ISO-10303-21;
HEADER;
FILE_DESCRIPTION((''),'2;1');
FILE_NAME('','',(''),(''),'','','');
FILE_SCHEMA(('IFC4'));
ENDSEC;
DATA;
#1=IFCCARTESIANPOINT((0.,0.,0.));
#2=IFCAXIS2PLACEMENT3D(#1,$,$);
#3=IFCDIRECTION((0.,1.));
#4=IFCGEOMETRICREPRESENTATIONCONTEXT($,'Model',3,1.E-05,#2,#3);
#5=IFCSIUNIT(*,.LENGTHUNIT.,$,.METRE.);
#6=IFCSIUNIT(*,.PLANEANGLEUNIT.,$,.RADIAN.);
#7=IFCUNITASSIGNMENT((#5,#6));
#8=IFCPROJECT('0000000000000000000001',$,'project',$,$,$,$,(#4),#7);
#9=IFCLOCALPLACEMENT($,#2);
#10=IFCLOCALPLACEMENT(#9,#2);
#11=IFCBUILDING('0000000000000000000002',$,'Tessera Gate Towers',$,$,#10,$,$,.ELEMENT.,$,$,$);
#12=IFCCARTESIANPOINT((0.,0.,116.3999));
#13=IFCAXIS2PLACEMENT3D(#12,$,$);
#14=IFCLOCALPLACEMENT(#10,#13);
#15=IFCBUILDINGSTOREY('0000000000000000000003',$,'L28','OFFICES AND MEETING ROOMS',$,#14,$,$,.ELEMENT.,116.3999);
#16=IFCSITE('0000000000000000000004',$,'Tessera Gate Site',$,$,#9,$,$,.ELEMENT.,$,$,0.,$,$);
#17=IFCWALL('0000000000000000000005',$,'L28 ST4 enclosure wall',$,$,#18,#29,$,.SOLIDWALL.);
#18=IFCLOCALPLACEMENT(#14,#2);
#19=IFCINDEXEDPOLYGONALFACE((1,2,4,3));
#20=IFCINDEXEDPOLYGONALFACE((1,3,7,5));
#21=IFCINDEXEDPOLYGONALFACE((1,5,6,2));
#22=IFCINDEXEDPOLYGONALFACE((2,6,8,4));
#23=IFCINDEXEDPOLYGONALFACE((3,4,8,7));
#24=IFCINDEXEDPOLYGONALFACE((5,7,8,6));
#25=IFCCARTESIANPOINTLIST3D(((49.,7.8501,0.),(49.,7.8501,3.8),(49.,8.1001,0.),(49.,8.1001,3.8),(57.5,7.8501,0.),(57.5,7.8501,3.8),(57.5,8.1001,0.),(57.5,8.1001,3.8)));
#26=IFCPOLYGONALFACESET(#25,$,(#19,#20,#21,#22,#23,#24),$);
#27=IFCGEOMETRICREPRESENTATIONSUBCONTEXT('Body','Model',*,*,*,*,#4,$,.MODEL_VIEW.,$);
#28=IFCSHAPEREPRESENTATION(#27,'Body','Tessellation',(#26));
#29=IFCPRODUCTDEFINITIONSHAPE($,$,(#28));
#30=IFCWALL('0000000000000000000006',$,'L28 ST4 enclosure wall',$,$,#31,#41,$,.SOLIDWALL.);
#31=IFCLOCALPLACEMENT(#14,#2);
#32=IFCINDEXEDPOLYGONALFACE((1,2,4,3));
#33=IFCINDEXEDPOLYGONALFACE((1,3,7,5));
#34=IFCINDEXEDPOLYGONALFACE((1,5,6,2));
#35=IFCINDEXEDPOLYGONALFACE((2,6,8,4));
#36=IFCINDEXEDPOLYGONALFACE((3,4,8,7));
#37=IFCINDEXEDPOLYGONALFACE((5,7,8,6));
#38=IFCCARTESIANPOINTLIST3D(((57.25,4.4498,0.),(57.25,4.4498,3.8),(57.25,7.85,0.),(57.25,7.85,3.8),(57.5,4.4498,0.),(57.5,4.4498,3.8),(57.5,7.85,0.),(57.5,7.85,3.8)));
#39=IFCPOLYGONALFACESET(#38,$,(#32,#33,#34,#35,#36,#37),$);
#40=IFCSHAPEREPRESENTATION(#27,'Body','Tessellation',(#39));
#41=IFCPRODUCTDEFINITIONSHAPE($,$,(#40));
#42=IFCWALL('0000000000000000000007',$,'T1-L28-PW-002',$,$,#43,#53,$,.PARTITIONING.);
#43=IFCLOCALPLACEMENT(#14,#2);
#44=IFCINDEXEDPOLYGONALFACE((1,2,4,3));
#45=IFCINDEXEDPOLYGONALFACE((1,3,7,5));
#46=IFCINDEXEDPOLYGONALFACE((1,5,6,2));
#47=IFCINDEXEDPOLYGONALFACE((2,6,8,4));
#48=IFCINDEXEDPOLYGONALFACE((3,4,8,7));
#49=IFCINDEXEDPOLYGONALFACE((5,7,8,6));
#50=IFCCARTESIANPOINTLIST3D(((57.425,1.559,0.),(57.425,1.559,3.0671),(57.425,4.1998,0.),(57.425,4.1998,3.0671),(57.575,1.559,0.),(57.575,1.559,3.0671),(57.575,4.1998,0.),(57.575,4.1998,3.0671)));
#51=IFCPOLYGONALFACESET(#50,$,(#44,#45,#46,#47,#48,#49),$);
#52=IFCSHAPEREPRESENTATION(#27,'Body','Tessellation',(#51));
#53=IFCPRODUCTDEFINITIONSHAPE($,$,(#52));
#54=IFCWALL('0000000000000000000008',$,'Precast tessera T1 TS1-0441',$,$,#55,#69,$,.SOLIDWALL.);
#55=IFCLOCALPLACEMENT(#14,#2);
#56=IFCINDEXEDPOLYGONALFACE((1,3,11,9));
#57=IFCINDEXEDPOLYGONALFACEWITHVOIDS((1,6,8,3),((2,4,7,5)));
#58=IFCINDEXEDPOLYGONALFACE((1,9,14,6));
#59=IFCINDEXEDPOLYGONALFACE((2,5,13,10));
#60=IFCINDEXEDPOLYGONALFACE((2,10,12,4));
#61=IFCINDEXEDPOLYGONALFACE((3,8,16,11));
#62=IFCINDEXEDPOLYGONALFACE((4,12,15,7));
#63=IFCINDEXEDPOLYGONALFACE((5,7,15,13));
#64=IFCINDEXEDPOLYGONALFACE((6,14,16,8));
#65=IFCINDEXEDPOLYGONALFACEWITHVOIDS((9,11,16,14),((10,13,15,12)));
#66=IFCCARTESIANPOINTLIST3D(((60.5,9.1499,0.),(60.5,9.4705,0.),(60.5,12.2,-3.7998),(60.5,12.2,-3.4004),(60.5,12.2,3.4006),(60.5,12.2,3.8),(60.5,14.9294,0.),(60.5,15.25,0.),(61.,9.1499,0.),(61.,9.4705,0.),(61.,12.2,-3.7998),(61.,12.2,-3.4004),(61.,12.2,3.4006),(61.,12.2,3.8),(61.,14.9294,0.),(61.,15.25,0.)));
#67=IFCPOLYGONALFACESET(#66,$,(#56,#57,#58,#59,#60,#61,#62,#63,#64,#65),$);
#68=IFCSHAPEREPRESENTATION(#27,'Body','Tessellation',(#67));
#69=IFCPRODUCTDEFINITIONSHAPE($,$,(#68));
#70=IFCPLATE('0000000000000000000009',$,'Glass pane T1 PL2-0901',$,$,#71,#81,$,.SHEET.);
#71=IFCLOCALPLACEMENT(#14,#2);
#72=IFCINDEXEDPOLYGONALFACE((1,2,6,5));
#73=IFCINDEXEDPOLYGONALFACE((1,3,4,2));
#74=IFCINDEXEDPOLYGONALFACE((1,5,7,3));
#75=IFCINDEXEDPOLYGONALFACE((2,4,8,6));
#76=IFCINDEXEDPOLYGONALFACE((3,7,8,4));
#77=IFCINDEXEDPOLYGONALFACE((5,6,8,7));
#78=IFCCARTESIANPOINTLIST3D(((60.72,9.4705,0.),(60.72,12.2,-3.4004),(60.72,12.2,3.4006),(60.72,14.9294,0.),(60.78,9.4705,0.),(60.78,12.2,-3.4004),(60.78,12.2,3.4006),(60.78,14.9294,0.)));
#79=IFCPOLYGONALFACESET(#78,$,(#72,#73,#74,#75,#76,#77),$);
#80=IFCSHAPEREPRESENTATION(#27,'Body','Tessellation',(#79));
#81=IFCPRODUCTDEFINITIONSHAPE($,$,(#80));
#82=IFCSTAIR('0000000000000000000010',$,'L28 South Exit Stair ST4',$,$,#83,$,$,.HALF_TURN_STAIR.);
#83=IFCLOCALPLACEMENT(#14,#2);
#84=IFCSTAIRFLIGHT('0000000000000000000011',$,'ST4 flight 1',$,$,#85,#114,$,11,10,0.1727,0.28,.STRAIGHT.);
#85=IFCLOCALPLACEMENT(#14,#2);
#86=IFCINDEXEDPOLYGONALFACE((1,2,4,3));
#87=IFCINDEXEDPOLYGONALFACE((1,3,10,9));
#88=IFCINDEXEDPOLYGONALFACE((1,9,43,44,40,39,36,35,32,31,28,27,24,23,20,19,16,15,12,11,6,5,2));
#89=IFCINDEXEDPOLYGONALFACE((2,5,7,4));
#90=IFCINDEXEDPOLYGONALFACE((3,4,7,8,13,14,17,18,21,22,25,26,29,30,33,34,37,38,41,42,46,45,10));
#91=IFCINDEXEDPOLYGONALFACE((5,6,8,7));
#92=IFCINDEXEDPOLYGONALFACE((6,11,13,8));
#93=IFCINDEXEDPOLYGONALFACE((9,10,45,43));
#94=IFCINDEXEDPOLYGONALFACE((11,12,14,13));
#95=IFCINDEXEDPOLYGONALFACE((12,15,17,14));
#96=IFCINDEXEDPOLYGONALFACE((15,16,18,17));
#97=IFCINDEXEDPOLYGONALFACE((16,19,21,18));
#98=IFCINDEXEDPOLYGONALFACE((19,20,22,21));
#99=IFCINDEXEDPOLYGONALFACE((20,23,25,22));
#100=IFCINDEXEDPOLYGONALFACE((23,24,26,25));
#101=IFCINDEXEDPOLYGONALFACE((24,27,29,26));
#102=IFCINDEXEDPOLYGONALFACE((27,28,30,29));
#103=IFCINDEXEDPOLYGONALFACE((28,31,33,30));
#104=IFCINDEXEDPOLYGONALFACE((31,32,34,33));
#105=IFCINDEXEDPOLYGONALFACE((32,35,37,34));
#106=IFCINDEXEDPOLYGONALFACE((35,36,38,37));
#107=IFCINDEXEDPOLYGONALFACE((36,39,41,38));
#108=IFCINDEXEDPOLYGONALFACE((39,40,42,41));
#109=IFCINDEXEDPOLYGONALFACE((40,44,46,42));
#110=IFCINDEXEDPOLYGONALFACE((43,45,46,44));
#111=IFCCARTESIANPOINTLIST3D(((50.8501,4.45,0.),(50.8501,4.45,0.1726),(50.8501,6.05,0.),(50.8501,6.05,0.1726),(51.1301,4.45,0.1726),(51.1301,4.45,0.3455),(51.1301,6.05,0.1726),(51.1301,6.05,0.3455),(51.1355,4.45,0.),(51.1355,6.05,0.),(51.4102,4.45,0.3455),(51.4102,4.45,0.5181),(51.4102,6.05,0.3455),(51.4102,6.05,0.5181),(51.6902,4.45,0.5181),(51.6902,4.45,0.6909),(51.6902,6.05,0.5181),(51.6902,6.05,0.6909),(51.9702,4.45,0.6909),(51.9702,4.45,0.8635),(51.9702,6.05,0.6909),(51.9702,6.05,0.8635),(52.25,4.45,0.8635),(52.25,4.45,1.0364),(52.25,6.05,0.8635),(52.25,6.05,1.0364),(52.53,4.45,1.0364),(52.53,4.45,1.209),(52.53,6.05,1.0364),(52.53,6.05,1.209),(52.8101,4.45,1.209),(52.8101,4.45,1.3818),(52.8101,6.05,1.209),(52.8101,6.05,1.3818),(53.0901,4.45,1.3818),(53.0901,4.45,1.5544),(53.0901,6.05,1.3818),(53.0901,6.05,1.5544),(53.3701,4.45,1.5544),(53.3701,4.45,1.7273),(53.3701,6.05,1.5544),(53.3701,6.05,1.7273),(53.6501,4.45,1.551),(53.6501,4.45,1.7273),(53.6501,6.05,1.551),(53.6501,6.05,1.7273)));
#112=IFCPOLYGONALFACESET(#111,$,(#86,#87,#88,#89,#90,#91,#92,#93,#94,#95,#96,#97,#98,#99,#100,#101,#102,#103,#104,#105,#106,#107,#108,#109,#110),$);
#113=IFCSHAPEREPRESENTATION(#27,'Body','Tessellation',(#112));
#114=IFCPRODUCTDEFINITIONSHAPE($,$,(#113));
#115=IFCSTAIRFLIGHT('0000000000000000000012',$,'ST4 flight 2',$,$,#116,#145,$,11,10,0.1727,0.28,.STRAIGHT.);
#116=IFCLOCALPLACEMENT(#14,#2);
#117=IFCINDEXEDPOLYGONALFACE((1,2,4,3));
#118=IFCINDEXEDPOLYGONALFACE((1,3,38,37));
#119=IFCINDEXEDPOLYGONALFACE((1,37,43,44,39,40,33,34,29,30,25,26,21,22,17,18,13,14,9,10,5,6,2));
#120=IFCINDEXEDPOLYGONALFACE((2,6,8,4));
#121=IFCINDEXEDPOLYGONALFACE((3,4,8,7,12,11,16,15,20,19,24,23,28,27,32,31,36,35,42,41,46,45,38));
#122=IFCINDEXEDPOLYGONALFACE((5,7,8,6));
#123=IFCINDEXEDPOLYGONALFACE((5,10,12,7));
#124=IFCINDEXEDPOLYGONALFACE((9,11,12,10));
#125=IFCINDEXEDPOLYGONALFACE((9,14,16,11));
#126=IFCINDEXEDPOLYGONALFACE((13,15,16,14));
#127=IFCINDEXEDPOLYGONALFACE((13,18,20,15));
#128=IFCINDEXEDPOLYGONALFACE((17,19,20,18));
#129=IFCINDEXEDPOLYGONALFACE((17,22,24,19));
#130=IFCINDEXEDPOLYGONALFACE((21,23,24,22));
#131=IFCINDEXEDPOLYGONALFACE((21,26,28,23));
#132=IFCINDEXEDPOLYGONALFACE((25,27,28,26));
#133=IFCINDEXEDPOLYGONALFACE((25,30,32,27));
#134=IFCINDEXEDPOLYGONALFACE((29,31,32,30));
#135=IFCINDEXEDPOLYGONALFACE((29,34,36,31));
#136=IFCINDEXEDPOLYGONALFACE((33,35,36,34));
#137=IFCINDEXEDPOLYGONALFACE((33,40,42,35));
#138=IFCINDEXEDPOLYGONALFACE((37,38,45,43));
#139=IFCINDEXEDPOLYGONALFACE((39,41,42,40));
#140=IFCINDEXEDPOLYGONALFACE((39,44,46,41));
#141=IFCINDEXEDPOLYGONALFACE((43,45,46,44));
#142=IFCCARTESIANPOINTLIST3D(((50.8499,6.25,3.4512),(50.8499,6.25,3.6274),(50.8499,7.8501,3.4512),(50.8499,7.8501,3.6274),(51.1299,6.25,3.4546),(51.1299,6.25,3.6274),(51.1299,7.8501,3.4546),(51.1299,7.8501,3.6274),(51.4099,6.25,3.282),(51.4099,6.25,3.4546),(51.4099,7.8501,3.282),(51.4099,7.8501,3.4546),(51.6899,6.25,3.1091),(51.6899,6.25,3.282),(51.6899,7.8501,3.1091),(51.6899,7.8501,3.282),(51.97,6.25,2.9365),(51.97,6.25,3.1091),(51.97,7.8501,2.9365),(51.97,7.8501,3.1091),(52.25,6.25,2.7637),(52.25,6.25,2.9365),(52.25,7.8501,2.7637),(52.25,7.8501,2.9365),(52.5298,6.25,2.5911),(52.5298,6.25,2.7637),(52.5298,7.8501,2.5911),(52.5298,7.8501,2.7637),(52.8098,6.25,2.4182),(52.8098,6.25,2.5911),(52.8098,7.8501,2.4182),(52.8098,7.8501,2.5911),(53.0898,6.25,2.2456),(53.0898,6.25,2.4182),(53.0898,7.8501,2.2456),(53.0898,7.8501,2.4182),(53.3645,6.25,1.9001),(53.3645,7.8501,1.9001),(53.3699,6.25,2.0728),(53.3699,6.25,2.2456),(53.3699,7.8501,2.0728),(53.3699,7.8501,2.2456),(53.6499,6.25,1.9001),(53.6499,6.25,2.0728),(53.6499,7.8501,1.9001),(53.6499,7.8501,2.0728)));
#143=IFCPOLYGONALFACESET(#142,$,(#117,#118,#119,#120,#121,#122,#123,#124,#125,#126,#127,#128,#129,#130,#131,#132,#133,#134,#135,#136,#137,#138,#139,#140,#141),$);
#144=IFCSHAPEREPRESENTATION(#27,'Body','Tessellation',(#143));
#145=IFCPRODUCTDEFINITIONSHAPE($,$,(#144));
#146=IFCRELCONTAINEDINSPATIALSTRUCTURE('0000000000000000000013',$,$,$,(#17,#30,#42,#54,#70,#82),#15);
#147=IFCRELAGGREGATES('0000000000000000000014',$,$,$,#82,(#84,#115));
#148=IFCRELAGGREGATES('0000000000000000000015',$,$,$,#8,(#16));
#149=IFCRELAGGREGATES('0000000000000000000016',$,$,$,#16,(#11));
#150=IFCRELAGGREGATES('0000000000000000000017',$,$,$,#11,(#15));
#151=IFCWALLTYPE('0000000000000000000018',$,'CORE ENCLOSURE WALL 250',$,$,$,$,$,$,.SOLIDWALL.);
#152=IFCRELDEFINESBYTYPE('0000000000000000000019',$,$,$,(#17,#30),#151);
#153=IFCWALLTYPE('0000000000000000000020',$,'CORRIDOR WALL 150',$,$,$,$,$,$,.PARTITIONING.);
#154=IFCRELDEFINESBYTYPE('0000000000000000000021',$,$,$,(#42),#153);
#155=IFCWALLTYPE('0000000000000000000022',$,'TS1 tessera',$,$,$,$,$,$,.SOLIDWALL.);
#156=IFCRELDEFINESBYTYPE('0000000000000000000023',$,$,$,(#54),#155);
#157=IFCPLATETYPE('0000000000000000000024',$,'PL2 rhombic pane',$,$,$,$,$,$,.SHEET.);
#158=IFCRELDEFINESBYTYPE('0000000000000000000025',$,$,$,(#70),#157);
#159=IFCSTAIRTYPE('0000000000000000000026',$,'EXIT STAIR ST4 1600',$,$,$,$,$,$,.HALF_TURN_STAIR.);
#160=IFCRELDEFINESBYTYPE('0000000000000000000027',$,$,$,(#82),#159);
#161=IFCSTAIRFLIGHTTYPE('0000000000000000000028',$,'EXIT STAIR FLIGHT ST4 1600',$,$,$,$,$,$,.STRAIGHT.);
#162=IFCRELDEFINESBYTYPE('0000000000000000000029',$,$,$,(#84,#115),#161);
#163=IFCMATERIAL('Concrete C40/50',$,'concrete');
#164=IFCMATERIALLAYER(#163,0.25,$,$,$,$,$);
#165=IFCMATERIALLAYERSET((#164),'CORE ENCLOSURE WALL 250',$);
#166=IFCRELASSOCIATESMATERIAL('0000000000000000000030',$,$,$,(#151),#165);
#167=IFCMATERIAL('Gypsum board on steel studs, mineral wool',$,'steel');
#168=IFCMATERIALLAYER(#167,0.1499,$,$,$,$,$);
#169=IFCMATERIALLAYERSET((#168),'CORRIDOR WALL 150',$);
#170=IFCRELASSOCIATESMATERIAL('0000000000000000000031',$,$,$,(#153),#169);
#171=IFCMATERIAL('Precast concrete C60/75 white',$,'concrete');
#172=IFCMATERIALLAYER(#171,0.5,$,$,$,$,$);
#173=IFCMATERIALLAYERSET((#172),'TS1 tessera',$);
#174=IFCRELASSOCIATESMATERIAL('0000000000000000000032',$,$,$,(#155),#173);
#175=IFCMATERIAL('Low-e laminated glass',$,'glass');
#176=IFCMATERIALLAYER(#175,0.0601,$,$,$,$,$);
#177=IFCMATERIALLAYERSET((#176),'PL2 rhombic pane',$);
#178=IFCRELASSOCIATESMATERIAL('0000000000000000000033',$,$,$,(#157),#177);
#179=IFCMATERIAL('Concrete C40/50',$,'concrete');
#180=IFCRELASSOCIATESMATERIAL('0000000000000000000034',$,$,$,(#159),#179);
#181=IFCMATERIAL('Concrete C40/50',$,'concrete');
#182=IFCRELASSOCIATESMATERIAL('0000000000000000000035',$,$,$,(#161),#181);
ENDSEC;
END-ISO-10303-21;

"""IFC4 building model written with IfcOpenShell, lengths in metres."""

from ifc_helpers import new_model, si_unit, direction, frame, frame_2d, origin, place, context, subcontext, project, spatial, polyline, rectangle, outline, extrude, source, transform, mapped, material, layer, layer_set, type_object, element, fill, aggregate, save


model = new_model("IFC4")

# Units and contexts
model_context = context("Model", 3, precision=1e-05, world=origin(), true_north=direction((0.0, 1.0)))
body_context = subcontext(model_context, "Body", "Model", "MODEL_VIEW")
ifc_project = project(units=[si_unit("LENGTHUNIT", "METRE"), si_unit("PLANEANGLEUNIT", "RADIAN")], contexts=[model_context])

# Site, building, storey
site_placement = place(None, origin())
site = spatial("IfcSite", under=ifc_project, at=site_placement, Name="Tessera Gate Site", CompositionType="ELEMENT", RefElevation=0.0)
building_placement = place(site_placement, origin())
building = spatial("IfcBuilding", under=site, at=building_placement, Name="Tessera Gate Towers", CompositionType="ELEMENT")
storey_placement = place(building_placement, frame((0.0, 0.0, 116.3999)))
storey = spatial("IfcBuildingStorey", under=building, at=storey_placement, Name="L28", Description="OFFICES AND MEETING ROOMS", CompositionType="ELEMENT", Elevation=116.3999)

# Shared definitions
ifc_material_1 = material(Name="Concrete C40/50", Category="concrete")
ifc_layer_1 = layer(ifc_material_1, 0.25)
ifc_layer_set_1 = layer_set([ifc_layer_1], Name="CORE ENCLOSURE WALL 250")
wall_type_1 = type_object("IfcWallType", Name="CORE ENCLOSURE WALL 250", PredefinedType="SOLIDWALL", material=ifc_layer_set_1)

# Walls
wall_1_placement = place(storey_placement, frame((49.0, 7.9751, 0.0), z_axis=(0.0, 0.0, 1.0), x_axis=(1.0, 0.0, 0.0)))
element("IfcWall", 1, at=wall_1_placement, inside=storey, type_object=wall_type_1, Name="L28 ST4 enclosure wall", PredefinedType="SOLIDWALL", context=body_context, shape_type="SweptSolid", body=[
    extrude(rectangle(XDim=8.5, YDim=0.25, at=frame_2d((4.25, 0.0))), origin(), (0.0, 0.0, 1.0), 3.8),
])
wall_2_placement = place(storey_placement, frame((57.375, 7.8501, 0.0), z_axis=(0.0, 0.0, 1.0), x_axis=(0.0, -1.0, 0.0)))
element("IfcWall", 2, at=wall_2_placement, inside=storey, type_object=wall_type_1, Name="L28 ST4 enclosure wall", PredefinedType="SOLIDWALL", context=body_context, shape_type="SweptSolid", body=[
    extrude(rectangle(XDim=3.4001, YDim=0.25, at=frame_2d((1.7002, 0.0))), origin(), (0.0, 0.0, 1.0), 3.8),
])
ifc_material_2 = material(Name="Gypsum board on steel studs, mineral wool", Category="steel")
ifc_layer_2 = layer(ifc_material_2, 0.1499)
ifc_layer_set_2 = layer_set([ifc_layer_2], Name="CORRIDOR WALL 150")
wall_type_2 = type_object("IfcWallType", Name="CORRIDOR WALL 150", PredefinedType="PARTITIONING", material=ifc_layer_set_2)
wall_3_placement = place(storey_placement, frame((57.5, 1.5591, 0.0), z_axis=(0.0, 0.0, 1.0), x_axis=(0.0, 1.0, 0.0)))
element("IfcWall", 3, at=wall_3_placement, inside=storey, type_object=wall_type_2, Name="T1-L28-PW-002", PredefinedType="PARTITIONING", context=body_context, shape_type="SweptSolid", body=[
    extrude(rectangle(XDim=2.6409, YDim=0.1499, at=frame_2d((1.3203, 0.0))), origin(), (0.0, 0.0, 1.0), 3.0671),
])

# Wall, opening, plate
ifc_material_3 = material(Name="Precast concrete C60/75 white", Category="concrete")
ifc_layer_3 = layer(ifc_material_3, 0.5)
ifc_layer_set_3 = layer_set([ifc_layer_3], Name="TS1 tessera")
wall_type_3 = type_object("IfcWallType", Name="TS1 tessera", PredefinedType="SOLIDWALL", material=ifc_layer_set_3)
shared_shape_1 = source(origin(), body_context, "Body", "SweptSolid", [
    extrude(outline(polyline([(3.05, 0.0), (6.1001, 3.7998), (3.05, 7.5999), (0.0, 3.7998), (3.05, 0.0)])), frame((0.0, 0.25, 0.0), z_axis=(0.0, -1.0, 0.0), x_axis=(1.0, 0.0, 0.0)), (0.0, 0.0, 1.0), 0.5),
])
wall_4_placement = place(storey_placement, frame((60.75, 9.1499, -3.7998), z_axis=(0.0, 0.0, 1.0), x_axis=(0.0, 1.0, 0.0)))
wall_4 = element("IfcWall", 4, at=wall_4_placement, inside=storey, type_object=wall_type_3, Name="Precast tessera T1 TS1-0441", PredefinedType="SOLIDWALL", context=body_context, shape_type="MappedRepresentation", body=[
    mapped(shared_shape_1, transform((0.0, 0.0, 0.0), scale=1.0)),
])
shared_shape_2 = source(origin(), body_context, "Body", "SweptSolid", [
    extrude(outline(polyline([(3.05, 0.3994), (5.7795, 3.7998), (3.05, 7.2004), (0.3206, 3.7998), (3.05, 0.3994)])), frame((0.0, 0.26, 0.0), z_axis=(0.0, -1.0, 0.0), x_axis=(1.0, 0.0, 0.0)), (0.0, 0.0, 1.0), 0.52),
])
opening_1_placement = place(wall_4_placement, origin())
opening_1 = element("IfcOpeningElement", 5, at=opening_1_placement, cuts=wall_4, PredefinedType="OPENING", context=body_context, shape_type="MappedRepresentation", body=[
    mapped(shared_shape_2, transform((0.0, 0.0, 0.0), scale=1.0)),
])
ifc_material_4 = material(Name="Low-e laminated glass", Category="glass")
ifc_layer_4 = layer(ifc_material_4, 0.0601)
ifc_layer_set_4 = layer_set([ifc_layer_4], Name="PL2 rhombic pane")
plate_type = type_object("IfcPlateType", Name="PL2 rhombic pane", PredefinedType="SHEET", material=ifc_layer_set_4)
shared_shape_3 = source(origin(), body_context, "Body", "SweptSolid", [
    extrude(outline(polyline([(3.05, 0.3994), (5.7795, 3.7998), (3.05, 7.2004), (0.3206, 3.7998), (3.05, 0.3994)])), frame((0.0, 0.03, 0.0), z_axis=(0.0, -1.0, 0.0), x_axis=(1.0, 0.0, 0.0)), (0.0, 0.0, 1.0), 0.0601),
])
plate_placement = place(opening_1_placement, origin())
plate = element("IfcPlate", 6, at=plate_placement, inside=storey, type_object=plate_type, Name="Glass pane T1 PL2-0901", PredefinedType="SHEET", context=body_context, shape_type="MappedRepresentation", body=[
    mapped(shared_shape_3, transform((0.0, 0.0, 0.0), scale=1.0)),
])
fill(opening_1, plate)

# Stair, stair flights
ifc_material_5 = material(Name="Concrete C40/50", Category="concrete")
stair_type = type_object("IfcStairType", Name="EXIT STAIR ST4 1600", PredefinedType="HALF_TURN_STAIR", material=ifc_material_5)
stair_placement = place(storey_placement, origin())
stair = element("IfcStair", 7, at=stair_placement, inside=storey, type_object=stair_type, Name="L28 South Exit Stair ST4", PredefinedType="HALF_TURN_STAIR")
ifc_material_6 = material(Name="Concrete C40/50", Category="concrete")
stair_flight_type = type_object("IfcStairFlightType", Name="EXIT STAIR FLIGHT ST4 1600", PredefinedType="STRAIGHT", material=ifc_material_6)
stair_flight_1_placement = place(storey_placement, frame((50.8501, 5.25, 0.0), z_axis=(0.0, 0.0, 1.0), x_axis=(1.0, 0.0, 0.0)))
stair_flight_1 = element("IfcStairFlight", 8, at=stair_flight_1_placement, type_object=stair_flight_type, Name="ST4 flight 1", NumberOfRisers=11, NumberOfTreads=10, PredefinedType="STRAIGHT", RiserHeight=0.1727, TreadLength=0.28, context=body_context, shape_type="SweptSolid", body=[
    extrude(outline(polyline([(0.0, 0.0), (0.0, 0.1726), (0.28, 0.1726), (0.28, 0.3455), (0.5601, 0.3455), (0.5601, 0.5181), (0.8401, 0.5181), (0.8401, 0.6909), (1.1201, 0.6909), (1.1201, 0.8635), (1.3999, 0.8635), (1.3999, 1.0364), (1.6799, 1.0364), (1.6799, 1.209), (1.96, 1.209), (1.96, 1.3818), (2.24, 1.3818), (2.24, 1.5544), (2.52, 1.5544), (2.52, 1.7273), (2.8, 1.7273), (2.8, 1.8999), (2.8, 1.551), (0.2854, 0.0), (0.0, 0.0)])), frame((0.0, 0.8, 0.0), z_axis=(0.0, -1.0, 0.0), x_axis=(1.0, 0.0, 0.0)), (0.0, 0.0, 1.0), 1.6001),
])
stair_flight_2_placement = place(storey_placement, frame((53.6499, 7.05, 1.9001), z_axis=(0.0, 0.0, 1.0), x_axis=(-1.0, 0.0, 0.0)))
stair_flight_2 = element("IfcStairFlight", 9, at=stair_flight_2_placement, type_object=stair_flight_type, Name="ST4 flight 2", NumberOfRisers=11, NumberOfTreads=10, PredefinedType="STRAIGHT", RiserHeight=0.1727, TreadLength=0.28, context=body_context, shape_type="SweptSolid", body=[
    extrude(outline(polyline([(0.0, 0.0), (0.0, 0.1726), (0.28, 0.1726), (0.28, 0.3455), (0.5601, 0.3455), (0.5601, 0.5181), (0.8401, 0.5181), (0.8401, 0.6909), (1.1201, 0.6909), (1.1201, 0.8635), (1.3999, 0.8635), (1.3999, 1.0364), (1.6799, 1.0364), (1.6799, 1.209), (1.96, 1.209), (1.96, 1.3818), (2.24, 1.3818), (2.24, 1.5544), (2.52, 1.5544), (2.52, 1.7273), (2.8, 1.7273), (2.8, 1.8999), (2.8, 1.551), (0.2854, 0.0), (0.0, 0.0)])), frame((0.0, 0.8, 0.0), z_axis=(0.0, -1.0, 0.0), x_axis=(1.0, 0.0, 0.0)), (0.0, 0.0, 1.0), 1.6001),
])
aggregate(stair, [stair_flight_1, stair_flight_2])

save(model, "model.ifc")
